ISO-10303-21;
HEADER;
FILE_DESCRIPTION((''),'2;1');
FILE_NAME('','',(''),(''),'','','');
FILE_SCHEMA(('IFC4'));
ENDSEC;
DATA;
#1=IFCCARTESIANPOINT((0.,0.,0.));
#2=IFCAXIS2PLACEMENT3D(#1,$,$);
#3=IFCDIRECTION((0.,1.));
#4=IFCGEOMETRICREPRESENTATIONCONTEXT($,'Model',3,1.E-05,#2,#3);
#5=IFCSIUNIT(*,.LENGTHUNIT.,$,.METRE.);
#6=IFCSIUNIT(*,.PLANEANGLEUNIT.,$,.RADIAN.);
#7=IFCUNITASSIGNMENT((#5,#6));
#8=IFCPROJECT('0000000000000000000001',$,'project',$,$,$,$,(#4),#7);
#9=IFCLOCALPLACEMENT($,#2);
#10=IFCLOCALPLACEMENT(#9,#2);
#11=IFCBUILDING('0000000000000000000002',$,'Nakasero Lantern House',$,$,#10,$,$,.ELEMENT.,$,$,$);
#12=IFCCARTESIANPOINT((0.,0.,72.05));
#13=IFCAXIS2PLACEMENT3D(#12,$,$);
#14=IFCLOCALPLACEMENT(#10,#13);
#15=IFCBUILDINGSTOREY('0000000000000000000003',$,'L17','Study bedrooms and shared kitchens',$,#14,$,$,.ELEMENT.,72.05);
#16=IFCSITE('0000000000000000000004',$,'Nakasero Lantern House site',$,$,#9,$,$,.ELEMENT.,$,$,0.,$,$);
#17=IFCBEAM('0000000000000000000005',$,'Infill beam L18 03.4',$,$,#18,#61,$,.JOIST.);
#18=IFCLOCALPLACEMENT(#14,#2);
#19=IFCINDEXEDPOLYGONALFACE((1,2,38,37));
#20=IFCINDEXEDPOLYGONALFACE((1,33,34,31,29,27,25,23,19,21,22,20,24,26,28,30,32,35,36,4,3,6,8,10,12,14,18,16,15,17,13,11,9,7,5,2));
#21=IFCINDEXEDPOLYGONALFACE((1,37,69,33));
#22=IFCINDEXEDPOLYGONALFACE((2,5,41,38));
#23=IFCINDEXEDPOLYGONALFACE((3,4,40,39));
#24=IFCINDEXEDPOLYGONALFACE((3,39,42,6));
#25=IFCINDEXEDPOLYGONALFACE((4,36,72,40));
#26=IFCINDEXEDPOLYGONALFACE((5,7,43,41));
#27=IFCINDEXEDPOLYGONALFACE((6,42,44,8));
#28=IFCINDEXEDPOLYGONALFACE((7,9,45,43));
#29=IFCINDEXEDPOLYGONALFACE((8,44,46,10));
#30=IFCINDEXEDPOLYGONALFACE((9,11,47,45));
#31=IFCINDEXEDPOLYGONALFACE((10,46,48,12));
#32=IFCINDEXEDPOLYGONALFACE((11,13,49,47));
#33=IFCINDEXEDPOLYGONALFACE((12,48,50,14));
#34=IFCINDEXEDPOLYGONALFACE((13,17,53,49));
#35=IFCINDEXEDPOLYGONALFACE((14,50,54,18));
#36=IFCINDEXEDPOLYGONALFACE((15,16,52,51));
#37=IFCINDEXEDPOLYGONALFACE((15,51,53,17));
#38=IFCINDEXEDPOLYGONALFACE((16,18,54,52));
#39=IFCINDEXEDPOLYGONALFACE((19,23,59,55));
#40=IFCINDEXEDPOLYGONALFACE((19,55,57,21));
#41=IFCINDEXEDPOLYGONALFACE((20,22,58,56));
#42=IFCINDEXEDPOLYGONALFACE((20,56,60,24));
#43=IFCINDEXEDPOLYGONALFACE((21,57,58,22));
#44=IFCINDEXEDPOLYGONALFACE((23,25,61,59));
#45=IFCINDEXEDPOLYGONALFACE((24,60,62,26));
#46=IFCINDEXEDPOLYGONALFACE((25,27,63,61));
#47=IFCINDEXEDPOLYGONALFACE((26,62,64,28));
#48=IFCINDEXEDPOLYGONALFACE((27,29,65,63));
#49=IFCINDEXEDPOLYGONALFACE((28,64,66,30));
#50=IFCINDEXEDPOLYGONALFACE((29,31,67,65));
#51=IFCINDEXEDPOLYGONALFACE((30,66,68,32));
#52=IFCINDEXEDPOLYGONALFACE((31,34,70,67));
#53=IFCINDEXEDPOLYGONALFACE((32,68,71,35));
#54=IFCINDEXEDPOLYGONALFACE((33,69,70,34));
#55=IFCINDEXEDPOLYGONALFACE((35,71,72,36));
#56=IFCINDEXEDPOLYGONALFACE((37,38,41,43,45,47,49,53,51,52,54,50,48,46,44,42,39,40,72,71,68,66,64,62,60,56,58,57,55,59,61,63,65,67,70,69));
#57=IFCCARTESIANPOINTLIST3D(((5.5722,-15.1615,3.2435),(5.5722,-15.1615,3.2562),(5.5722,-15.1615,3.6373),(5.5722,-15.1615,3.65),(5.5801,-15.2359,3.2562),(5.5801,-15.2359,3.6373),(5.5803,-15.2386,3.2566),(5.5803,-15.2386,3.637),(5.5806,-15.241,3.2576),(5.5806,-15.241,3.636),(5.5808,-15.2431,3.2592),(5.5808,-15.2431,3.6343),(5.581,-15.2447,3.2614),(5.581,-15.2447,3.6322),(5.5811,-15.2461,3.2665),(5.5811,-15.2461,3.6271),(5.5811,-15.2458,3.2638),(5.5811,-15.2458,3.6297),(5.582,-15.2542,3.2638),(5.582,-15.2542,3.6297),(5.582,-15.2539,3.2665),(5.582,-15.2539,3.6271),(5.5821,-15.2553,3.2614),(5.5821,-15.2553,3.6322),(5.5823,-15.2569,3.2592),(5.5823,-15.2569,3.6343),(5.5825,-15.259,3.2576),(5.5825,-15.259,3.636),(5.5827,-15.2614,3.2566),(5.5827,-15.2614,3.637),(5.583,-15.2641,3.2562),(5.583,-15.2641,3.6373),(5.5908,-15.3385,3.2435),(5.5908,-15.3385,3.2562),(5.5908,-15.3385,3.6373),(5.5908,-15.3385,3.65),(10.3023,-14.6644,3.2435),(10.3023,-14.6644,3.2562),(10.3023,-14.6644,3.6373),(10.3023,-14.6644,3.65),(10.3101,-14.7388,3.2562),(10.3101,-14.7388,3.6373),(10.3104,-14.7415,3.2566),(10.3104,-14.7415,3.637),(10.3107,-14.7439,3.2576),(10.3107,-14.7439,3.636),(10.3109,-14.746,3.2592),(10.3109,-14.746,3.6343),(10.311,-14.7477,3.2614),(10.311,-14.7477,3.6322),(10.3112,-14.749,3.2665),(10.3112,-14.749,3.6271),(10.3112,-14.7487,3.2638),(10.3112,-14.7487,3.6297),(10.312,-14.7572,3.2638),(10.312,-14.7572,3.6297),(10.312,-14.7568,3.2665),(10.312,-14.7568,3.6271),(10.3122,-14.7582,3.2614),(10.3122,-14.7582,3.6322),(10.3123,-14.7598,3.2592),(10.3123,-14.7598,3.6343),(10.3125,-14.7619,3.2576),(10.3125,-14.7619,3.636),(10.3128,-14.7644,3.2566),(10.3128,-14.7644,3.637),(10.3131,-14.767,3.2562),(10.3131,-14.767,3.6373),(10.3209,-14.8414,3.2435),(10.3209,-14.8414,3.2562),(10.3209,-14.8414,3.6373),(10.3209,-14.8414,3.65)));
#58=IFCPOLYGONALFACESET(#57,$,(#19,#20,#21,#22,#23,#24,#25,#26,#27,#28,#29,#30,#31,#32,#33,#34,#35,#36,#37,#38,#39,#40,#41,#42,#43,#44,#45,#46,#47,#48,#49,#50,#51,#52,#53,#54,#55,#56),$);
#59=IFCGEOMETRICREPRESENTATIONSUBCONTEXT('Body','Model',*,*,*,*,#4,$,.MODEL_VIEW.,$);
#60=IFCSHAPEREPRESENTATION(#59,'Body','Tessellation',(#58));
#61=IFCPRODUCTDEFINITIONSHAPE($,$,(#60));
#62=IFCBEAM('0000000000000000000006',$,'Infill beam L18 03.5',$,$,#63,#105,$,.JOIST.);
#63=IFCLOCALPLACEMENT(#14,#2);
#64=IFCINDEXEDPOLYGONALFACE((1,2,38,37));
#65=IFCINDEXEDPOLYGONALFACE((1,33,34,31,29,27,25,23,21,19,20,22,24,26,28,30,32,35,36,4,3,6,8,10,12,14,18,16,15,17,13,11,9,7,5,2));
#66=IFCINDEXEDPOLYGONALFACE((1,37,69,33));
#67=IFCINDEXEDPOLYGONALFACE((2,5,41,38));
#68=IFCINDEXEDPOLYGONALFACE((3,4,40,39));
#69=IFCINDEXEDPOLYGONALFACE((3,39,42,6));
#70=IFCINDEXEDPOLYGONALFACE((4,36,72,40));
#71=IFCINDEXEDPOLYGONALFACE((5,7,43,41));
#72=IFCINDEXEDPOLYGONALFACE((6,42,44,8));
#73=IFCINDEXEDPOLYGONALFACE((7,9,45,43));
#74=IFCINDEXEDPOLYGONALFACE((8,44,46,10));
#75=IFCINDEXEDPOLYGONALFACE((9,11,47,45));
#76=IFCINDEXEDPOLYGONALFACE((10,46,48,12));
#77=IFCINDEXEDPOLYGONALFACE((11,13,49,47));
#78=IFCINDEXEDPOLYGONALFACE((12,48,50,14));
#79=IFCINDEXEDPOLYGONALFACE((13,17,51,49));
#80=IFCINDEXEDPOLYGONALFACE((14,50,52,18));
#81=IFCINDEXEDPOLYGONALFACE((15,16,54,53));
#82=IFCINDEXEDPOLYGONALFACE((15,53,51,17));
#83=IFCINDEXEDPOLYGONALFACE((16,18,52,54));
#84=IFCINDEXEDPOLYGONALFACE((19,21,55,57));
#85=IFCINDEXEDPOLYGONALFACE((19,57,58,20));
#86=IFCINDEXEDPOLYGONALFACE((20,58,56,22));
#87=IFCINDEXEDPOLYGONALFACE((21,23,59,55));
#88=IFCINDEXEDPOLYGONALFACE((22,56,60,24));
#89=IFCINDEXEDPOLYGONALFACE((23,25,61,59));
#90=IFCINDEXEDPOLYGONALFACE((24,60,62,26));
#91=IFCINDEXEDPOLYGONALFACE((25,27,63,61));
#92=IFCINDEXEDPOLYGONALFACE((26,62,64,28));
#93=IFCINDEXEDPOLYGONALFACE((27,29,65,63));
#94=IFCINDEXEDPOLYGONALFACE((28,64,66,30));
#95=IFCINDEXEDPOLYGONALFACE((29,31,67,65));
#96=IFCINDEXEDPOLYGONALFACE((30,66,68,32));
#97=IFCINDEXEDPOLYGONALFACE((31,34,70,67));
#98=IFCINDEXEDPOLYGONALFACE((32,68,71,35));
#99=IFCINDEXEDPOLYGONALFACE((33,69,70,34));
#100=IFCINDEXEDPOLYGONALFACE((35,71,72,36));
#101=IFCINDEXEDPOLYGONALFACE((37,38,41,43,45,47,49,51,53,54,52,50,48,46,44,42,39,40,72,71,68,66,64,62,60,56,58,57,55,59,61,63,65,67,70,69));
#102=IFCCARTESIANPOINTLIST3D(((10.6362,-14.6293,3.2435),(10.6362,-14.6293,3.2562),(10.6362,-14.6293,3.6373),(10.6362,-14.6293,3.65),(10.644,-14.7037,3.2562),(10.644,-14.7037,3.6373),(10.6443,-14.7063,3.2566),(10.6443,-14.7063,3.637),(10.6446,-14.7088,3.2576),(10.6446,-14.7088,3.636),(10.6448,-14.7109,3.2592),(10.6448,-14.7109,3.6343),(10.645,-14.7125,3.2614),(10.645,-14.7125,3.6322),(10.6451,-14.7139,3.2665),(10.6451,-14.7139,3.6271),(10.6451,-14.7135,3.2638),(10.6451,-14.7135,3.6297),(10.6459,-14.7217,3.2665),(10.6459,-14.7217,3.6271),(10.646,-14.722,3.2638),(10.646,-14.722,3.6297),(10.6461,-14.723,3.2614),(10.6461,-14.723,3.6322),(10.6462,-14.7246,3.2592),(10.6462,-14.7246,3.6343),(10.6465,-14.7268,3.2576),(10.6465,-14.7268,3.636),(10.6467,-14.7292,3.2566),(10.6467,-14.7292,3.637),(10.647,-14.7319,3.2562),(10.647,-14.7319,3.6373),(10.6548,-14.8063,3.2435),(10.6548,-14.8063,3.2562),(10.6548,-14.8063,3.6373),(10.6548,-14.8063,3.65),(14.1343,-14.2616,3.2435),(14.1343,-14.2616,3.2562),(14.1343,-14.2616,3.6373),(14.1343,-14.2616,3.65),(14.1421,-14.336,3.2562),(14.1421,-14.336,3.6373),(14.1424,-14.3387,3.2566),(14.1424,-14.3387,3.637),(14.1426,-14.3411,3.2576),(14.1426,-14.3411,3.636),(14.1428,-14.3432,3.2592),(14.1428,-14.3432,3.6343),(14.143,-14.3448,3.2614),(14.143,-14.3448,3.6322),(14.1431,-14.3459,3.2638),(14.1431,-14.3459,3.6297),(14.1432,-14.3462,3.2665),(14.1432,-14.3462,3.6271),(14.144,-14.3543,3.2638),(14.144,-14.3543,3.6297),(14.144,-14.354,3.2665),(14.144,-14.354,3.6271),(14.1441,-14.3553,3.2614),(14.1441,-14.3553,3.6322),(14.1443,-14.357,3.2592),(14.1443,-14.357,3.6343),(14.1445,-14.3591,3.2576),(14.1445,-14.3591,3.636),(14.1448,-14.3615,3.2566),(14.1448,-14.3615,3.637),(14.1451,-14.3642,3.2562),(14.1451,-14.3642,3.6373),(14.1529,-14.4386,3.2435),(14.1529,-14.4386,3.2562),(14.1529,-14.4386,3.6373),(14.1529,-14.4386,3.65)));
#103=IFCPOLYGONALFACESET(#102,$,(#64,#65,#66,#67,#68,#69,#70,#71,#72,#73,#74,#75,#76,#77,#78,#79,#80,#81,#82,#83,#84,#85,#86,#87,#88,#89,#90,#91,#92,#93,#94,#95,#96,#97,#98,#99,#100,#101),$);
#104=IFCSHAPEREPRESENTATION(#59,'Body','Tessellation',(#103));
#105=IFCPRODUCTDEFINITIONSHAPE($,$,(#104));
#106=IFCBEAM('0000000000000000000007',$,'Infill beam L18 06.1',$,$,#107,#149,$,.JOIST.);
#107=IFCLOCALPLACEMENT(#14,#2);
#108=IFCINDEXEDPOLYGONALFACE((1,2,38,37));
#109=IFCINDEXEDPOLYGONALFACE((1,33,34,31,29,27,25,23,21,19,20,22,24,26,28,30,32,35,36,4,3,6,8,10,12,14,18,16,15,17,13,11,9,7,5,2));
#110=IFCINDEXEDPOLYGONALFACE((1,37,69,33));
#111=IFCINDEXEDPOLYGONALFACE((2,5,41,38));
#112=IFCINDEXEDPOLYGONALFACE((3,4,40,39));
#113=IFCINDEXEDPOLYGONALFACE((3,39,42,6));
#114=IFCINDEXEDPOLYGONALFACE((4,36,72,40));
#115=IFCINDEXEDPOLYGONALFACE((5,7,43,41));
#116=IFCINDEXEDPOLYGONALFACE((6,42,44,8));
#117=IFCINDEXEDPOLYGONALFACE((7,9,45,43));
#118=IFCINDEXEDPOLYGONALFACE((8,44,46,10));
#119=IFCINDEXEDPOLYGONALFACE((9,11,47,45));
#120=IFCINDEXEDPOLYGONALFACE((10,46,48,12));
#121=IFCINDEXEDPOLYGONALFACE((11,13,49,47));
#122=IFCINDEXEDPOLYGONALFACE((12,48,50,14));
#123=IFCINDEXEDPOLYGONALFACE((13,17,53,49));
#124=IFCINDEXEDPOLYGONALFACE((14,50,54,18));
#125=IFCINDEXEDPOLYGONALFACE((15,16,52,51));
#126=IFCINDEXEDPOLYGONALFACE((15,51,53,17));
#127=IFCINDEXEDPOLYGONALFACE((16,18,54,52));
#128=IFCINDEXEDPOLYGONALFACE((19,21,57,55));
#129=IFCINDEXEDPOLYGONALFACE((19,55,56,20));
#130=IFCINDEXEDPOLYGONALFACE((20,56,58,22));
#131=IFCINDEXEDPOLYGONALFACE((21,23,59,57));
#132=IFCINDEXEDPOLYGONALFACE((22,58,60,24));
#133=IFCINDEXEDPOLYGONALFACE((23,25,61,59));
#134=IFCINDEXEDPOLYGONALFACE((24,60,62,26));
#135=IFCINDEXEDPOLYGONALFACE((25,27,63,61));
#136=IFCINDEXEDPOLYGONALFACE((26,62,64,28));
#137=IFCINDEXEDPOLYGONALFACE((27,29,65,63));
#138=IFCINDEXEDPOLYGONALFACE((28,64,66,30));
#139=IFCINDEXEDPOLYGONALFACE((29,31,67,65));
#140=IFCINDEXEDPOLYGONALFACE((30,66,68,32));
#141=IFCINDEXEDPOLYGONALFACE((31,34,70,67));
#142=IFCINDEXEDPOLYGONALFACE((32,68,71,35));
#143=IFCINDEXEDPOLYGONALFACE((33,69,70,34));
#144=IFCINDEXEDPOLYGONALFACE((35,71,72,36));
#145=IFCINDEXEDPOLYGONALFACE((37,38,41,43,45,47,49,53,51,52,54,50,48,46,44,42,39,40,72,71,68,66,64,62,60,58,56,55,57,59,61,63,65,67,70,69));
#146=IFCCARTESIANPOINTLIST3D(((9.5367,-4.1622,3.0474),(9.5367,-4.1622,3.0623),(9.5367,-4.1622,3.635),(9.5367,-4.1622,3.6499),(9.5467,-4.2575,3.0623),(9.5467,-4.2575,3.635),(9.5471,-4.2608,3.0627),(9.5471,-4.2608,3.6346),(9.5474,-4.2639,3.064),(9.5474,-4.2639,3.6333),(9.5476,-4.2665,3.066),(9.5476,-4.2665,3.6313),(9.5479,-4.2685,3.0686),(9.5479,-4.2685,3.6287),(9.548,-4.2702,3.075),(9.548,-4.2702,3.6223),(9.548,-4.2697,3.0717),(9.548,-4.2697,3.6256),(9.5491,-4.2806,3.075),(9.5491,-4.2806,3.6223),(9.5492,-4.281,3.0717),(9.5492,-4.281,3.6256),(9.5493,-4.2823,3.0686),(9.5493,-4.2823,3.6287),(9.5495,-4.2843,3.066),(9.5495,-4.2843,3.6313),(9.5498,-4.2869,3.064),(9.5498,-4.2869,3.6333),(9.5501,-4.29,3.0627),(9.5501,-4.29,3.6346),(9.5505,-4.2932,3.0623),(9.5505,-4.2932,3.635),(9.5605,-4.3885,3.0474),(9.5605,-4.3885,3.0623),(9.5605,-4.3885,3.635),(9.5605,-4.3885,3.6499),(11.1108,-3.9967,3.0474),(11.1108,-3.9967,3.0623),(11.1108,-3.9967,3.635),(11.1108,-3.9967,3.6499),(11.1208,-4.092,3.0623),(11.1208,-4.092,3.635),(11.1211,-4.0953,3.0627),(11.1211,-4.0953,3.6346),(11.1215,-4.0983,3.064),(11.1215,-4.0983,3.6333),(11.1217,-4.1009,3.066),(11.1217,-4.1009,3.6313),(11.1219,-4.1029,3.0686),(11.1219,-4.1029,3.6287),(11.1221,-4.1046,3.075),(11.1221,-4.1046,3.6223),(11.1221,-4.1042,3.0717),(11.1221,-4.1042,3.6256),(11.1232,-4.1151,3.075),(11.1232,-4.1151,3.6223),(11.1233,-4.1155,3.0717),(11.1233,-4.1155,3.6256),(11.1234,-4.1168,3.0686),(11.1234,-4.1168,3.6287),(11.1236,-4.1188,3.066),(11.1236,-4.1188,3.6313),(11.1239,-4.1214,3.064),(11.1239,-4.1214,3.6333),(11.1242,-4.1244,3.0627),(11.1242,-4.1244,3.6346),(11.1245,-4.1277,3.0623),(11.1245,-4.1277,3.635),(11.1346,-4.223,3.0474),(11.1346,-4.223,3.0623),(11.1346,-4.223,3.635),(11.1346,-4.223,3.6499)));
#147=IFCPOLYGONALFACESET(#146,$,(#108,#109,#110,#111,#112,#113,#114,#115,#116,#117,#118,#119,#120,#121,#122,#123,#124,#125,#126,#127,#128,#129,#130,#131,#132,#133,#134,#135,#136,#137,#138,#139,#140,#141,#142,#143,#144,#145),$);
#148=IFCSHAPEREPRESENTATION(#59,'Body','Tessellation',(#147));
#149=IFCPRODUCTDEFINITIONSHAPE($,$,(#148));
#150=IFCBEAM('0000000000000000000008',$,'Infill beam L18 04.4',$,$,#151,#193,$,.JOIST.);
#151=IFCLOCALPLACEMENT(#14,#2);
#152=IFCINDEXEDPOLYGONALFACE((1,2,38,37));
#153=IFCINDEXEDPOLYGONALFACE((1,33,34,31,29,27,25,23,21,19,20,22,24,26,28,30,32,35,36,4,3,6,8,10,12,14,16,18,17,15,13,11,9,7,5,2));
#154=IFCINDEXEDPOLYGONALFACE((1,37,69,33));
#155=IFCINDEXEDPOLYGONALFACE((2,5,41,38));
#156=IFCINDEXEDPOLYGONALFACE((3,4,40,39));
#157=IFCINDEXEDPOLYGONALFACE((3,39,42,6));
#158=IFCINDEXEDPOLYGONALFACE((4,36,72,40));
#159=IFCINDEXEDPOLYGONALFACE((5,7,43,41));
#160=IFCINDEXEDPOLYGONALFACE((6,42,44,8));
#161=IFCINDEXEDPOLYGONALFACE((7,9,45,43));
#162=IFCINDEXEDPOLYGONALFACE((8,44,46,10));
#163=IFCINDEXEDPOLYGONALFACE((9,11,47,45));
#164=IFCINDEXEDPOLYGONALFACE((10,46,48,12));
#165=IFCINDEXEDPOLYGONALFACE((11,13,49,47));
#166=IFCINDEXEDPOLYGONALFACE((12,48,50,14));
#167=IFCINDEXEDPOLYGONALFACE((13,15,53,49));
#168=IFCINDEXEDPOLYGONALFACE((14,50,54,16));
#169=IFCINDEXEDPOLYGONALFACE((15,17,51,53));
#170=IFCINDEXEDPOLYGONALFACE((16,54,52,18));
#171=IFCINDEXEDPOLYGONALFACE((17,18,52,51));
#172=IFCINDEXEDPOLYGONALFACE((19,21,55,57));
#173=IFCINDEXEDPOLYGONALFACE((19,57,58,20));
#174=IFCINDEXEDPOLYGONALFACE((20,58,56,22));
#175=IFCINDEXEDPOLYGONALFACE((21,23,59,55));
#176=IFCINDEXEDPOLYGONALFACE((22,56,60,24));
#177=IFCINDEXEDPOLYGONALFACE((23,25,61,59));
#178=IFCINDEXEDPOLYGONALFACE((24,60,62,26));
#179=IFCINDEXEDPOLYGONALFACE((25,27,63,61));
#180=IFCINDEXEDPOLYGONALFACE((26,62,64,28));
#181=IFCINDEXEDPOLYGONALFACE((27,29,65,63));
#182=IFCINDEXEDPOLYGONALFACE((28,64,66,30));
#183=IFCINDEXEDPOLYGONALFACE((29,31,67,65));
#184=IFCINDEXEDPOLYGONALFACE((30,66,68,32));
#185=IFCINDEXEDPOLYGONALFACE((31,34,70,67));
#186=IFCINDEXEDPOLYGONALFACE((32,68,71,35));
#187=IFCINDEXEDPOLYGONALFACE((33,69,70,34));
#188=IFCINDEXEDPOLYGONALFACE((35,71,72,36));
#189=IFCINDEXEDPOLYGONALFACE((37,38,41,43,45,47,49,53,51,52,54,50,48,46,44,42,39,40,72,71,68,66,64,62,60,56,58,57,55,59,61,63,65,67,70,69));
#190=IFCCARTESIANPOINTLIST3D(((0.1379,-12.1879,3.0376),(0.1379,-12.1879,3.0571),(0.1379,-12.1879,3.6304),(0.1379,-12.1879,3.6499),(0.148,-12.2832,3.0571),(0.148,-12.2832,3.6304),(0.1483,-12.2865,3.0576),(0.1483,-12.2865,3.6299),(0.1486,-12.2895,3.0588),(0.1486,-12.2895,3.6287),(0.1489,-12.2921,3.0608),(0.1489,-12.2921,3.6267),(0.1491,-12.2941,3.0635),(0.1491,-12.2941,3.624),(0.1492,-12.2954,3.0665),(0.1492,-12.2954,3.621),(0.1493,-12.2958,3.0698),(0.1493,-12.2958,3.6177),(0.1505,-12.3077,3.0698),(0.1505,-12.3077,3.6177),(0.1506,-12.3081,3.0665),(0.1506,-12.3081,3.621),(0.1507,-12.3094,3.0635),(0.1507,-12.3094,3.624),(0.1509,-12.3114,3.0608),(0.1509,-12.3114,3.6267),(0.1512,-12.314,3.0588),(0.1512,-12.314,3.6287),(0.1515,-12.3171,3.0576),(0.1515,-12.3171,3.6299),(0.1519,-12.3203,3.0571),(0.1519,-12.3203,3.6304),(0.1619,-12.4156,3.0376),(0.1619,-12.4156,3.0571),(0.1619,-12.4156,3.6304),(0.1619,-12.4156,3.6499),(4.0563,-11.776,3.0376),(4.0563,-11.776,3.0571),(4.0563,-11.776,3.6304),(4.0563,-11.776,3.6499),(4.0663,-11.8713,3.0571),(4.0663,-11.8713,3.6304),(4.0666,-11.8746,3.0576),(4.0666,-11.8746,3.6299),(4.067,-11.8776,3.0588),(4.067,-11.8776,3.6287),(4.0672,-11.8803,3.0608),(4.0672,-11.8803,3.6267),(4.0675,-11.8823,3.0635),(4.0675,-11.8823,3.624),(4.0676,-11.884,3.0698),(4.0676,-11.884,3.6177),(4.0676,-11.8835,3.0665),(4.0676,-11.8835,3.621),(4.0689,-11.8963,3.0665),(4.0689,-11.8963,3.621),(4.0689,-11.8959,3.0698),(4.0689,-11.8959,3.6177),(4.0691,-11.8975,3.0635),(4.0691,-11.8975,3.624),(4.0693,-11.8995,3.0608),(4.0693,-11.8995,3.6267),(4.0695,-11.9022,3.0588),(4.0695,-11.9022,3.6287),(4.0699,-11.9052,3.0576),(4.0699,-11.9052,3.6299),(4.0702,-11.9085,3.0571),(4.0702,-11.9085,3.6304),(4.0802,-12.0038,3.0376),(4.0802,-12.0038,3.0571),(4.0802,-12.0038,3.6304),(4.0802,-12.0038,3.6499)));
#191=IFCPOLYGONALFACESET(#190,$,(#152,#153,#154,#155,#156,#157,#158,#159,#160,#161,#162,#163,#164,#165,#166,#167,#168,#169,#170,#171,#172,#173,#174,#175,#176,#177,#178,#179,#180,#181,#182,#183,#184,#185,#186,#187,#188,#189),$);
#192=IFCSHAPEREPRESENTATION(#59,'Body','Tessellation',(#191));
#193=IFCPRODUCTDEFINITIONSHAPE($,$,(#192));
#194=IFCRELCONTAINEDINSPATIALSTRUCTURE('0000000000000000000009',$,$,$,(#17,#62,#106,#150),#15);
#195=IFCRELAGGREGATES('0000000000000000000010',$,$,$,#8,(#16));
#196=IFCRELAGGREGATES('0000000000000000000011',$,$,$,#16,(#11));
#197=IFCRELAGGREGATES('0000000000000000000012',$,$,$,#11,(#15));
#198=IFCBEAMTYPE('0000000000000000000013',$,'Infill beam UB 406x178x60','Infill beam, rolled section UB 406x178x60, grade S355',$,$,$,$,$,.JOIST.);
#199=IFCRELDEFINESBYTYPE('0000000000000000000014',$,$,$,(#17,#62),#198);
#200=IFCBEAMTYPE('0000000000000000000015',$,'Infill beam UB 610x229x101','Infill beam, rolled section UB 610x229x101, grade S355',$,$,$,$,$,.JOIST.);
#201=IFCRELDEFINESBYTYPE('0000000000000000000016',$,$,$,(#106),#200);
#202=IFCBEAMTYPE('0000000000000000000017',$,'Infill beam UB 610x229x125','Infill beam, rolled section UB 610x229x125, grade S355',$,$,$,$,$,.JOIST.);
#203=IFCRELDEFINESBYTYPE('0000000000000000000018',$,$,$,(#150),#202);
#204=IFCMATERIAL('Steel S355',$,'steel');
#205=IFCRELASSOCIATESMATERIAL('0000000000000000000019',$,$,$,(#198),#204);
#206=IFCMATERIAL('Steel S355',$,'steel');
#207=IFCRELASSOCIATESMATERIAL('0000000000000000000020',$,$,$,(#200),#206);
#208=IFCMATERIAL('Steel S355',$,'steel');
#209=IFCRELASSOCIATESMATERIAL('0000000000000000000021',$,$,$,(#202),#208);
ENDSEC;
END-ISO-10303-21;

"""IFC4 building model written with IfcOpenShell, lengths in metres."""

from ifc_helpers import new_model, si_unit, direction, frame, origin, origin_2d, place, context, subcontext, project, spatial, i_section, extrude, material, material_profile, profile_set, type_object, element, save


model = new_model("IFC4")

# Units and contexts
model_context = context("Model", 3, precision=1e-05, world=origin(), true_north=direction((0.0, 1.0)))
body_context = subcontext(model_context, "Body", "Model", "MODEL_VIEW")
ifc_project = project(units=[si_unit("LENGTHUNIT", "METRE"), si_unit("PLANEANGLEUNIT", "RADIAN")], contexts=[model_context])

# Site, building, storey
site_placement = place(None, origin())
site = spatial("IfcSite", under=ifc_project, at=site_placement, Name="Nakasero Lantern House site", CompositionType="ELEMENT", RefElevation=0.0)
building_placement = place(site_placement, origin())
building = spatial("IfcBuilding", under=site, at=building_placement, Name="Nakasero Lantern House", CompositionType="ELEMENT")
storey_placement = place(building_placement, frame((0.0, 0.0, 72.05)))
storey = spatial("IfcBuildingStorey", under=building, at=storey_placement, Name="L17", Description="Study bedrooms and shared kitchens", CompositionType="ELEMENT", Elevation=72.05)

# Beams
ifc_material_1 = material(Name="Steel S355", Category="steel")
ifc_material_profile_1 = material_profile(ifc_material_1, i_section(OverallWidth=0.178, OverallDepth=0.4065, WebThickness=0.0078, FlangeThickness=0.0127, FilletRadius=0.0103, at=origin_2d()), Name="UB 406x178x60")
ifc_profile_set_1 = profile_set([ifc_material_profile_1], Name="Steel S355")
beam_type_1 = type_object("IfcBeamType", Name="Infill beam UB 406x178x60", Description="Infill beam, rolled section UB 406x178x60, grade S355", PredefinedType="JOIST", material=ifc_profile_set_1)
beam_1_placement = place(storey_placement, frame((5.5815, -15.25, 3.4468), z_axis=(0.994523, 0.104514, 0.0), x_axis=(-0.104514, 0.994523, 0.0)))
element("IfcBeam", 1, at=beam_1_placement, inside=storey, type_object=beam_type_1, Name="Infill beam L18 03.4", PredefinedType="JOIST", context=body_context, shape_type="SweptSolid", body=[
    extrude(i_section(OverallWidth=0.178, OverallDepth=0.4065, WebThickness=0.0078, FlangeThickness=0.0127, FilletRadius=0.0103, at=origin_2d()), origin(), (0.0, 0.0, 1.0), 4.7561),
])
beam_2_placement = place(storey_placement, frame((10.6455, -14.7178, 3.4468), z_axis=(0.994521, 0.104533, 0.0), x_axis=(-0.104533, 0.994521, 0.0)))
element("IfcBeam", 2, at=beam_2_placement, inside=storey, type_object=beam_type_1, Name="Infill beam L18 03.5", PredefinedType="JOIST", context=body_context, shape_type="SweptSolid", body=[
    extrude(i_section(OverallWidth=0.178, OverallDepth=0.4065, WebThickness=0.0078, FlangeThickness=0.0127, FilletRadius=0.0103, at=origin_2d()), origin(), (0.0, 0.0, 1.0), 3.5173),
])
ifc_material_2 = material(Name="Steel S355", Category="steel")
ifc_material_profile_2 = material_profile(ifc_material_2, i_section(OverallWidth=0.2275, OverallDepth=0.6025, WebThickness=0.0105, FlangeThickness=0.0149, FilletRadius=0.0127, at=origin_2d()), Name="UB 610x229x101")
ifc_profile_set_2 = profile_set([ifc_material_profile_2], Name="Steel S355")
beam_type_2 = type_object("IfcBeamType", Name="Infill beam UB 610x229x101", Description="Infill beam, rolled section UB 610x229x101, grade S355", PredefinedType="JOIST", material=ifc_profile_set_2)
beam_3_placement = place(storey_placement, frame((9.5486, -4.2754, 3.3486), z_axis=(0.994516, 0.104588, 0.0), x_axis=(-0.104588, 0.994516, 0.0)))
element("IfcBeam", 3, at=beam_3_placement, inside=storey, type_object=beam_type_2, Name="Infill beam L18 06.1", PredefinedType="JOIST", context=body_context, shape_type="SweptSolid", body=[
    extrude(i_section(OverallWidth=0.2275, OverallDepth=0.6025, WebThickness=0.0105, FlangeThickness=0.0149, FilletRadius=0.0127, at=origin_2d()), origin(), (0.0, 0.0, 1.0), 1.5828),
])
ifc_material_3 = material(Name="Steel S355", Category="steel")
ifc_material_profile_3 = material_profile(ifc_material_3, i_section(OverallWidth=0.229, OverallDepth=0.6123, WebThickness=0.012, FlangeThickness=0.0195, FilletRadius=0.0127, at=origin_2d()), Name="UB 610x229x125")
ifc_profile_set_3 = profile_set([ifc_material_profile_3], Name="Steel S355")
beam_type_3 = type_object("IfcBeamType", Name="Infill beam UB 610x229x125", Description="Infill beam, rolled section UB 610x229x125, grade S355", PredefinedType="JOIST", material=ifc_profile_set_3)
beam_4_placement = place(storey_placement, frame((0.1499, -12.3018, 3.3438), z_axis=(0.994521, 0.104533, 0.0), x_axis=(-0.104533, 0.994521, 0.0)))
element("IfcBeam", 4, at=beam_4_placement, inside=storey, type_object=beam_type_3, Name="Infill beam L18 04.4", PredefinedType="JOIST", context=body_context, shape_type="SweptSolid", body=[
    extrude(i_section(OverallWidth=0.229, OverallDepth=0.6123, WebThickness=0.012, FlangeThickness=0.0195, FilletRadius=0.0127, at=origin_2d()), origin(), (0.0, 0.0, 1.0), 3.9399),
])

save(model, "model.ifc")
